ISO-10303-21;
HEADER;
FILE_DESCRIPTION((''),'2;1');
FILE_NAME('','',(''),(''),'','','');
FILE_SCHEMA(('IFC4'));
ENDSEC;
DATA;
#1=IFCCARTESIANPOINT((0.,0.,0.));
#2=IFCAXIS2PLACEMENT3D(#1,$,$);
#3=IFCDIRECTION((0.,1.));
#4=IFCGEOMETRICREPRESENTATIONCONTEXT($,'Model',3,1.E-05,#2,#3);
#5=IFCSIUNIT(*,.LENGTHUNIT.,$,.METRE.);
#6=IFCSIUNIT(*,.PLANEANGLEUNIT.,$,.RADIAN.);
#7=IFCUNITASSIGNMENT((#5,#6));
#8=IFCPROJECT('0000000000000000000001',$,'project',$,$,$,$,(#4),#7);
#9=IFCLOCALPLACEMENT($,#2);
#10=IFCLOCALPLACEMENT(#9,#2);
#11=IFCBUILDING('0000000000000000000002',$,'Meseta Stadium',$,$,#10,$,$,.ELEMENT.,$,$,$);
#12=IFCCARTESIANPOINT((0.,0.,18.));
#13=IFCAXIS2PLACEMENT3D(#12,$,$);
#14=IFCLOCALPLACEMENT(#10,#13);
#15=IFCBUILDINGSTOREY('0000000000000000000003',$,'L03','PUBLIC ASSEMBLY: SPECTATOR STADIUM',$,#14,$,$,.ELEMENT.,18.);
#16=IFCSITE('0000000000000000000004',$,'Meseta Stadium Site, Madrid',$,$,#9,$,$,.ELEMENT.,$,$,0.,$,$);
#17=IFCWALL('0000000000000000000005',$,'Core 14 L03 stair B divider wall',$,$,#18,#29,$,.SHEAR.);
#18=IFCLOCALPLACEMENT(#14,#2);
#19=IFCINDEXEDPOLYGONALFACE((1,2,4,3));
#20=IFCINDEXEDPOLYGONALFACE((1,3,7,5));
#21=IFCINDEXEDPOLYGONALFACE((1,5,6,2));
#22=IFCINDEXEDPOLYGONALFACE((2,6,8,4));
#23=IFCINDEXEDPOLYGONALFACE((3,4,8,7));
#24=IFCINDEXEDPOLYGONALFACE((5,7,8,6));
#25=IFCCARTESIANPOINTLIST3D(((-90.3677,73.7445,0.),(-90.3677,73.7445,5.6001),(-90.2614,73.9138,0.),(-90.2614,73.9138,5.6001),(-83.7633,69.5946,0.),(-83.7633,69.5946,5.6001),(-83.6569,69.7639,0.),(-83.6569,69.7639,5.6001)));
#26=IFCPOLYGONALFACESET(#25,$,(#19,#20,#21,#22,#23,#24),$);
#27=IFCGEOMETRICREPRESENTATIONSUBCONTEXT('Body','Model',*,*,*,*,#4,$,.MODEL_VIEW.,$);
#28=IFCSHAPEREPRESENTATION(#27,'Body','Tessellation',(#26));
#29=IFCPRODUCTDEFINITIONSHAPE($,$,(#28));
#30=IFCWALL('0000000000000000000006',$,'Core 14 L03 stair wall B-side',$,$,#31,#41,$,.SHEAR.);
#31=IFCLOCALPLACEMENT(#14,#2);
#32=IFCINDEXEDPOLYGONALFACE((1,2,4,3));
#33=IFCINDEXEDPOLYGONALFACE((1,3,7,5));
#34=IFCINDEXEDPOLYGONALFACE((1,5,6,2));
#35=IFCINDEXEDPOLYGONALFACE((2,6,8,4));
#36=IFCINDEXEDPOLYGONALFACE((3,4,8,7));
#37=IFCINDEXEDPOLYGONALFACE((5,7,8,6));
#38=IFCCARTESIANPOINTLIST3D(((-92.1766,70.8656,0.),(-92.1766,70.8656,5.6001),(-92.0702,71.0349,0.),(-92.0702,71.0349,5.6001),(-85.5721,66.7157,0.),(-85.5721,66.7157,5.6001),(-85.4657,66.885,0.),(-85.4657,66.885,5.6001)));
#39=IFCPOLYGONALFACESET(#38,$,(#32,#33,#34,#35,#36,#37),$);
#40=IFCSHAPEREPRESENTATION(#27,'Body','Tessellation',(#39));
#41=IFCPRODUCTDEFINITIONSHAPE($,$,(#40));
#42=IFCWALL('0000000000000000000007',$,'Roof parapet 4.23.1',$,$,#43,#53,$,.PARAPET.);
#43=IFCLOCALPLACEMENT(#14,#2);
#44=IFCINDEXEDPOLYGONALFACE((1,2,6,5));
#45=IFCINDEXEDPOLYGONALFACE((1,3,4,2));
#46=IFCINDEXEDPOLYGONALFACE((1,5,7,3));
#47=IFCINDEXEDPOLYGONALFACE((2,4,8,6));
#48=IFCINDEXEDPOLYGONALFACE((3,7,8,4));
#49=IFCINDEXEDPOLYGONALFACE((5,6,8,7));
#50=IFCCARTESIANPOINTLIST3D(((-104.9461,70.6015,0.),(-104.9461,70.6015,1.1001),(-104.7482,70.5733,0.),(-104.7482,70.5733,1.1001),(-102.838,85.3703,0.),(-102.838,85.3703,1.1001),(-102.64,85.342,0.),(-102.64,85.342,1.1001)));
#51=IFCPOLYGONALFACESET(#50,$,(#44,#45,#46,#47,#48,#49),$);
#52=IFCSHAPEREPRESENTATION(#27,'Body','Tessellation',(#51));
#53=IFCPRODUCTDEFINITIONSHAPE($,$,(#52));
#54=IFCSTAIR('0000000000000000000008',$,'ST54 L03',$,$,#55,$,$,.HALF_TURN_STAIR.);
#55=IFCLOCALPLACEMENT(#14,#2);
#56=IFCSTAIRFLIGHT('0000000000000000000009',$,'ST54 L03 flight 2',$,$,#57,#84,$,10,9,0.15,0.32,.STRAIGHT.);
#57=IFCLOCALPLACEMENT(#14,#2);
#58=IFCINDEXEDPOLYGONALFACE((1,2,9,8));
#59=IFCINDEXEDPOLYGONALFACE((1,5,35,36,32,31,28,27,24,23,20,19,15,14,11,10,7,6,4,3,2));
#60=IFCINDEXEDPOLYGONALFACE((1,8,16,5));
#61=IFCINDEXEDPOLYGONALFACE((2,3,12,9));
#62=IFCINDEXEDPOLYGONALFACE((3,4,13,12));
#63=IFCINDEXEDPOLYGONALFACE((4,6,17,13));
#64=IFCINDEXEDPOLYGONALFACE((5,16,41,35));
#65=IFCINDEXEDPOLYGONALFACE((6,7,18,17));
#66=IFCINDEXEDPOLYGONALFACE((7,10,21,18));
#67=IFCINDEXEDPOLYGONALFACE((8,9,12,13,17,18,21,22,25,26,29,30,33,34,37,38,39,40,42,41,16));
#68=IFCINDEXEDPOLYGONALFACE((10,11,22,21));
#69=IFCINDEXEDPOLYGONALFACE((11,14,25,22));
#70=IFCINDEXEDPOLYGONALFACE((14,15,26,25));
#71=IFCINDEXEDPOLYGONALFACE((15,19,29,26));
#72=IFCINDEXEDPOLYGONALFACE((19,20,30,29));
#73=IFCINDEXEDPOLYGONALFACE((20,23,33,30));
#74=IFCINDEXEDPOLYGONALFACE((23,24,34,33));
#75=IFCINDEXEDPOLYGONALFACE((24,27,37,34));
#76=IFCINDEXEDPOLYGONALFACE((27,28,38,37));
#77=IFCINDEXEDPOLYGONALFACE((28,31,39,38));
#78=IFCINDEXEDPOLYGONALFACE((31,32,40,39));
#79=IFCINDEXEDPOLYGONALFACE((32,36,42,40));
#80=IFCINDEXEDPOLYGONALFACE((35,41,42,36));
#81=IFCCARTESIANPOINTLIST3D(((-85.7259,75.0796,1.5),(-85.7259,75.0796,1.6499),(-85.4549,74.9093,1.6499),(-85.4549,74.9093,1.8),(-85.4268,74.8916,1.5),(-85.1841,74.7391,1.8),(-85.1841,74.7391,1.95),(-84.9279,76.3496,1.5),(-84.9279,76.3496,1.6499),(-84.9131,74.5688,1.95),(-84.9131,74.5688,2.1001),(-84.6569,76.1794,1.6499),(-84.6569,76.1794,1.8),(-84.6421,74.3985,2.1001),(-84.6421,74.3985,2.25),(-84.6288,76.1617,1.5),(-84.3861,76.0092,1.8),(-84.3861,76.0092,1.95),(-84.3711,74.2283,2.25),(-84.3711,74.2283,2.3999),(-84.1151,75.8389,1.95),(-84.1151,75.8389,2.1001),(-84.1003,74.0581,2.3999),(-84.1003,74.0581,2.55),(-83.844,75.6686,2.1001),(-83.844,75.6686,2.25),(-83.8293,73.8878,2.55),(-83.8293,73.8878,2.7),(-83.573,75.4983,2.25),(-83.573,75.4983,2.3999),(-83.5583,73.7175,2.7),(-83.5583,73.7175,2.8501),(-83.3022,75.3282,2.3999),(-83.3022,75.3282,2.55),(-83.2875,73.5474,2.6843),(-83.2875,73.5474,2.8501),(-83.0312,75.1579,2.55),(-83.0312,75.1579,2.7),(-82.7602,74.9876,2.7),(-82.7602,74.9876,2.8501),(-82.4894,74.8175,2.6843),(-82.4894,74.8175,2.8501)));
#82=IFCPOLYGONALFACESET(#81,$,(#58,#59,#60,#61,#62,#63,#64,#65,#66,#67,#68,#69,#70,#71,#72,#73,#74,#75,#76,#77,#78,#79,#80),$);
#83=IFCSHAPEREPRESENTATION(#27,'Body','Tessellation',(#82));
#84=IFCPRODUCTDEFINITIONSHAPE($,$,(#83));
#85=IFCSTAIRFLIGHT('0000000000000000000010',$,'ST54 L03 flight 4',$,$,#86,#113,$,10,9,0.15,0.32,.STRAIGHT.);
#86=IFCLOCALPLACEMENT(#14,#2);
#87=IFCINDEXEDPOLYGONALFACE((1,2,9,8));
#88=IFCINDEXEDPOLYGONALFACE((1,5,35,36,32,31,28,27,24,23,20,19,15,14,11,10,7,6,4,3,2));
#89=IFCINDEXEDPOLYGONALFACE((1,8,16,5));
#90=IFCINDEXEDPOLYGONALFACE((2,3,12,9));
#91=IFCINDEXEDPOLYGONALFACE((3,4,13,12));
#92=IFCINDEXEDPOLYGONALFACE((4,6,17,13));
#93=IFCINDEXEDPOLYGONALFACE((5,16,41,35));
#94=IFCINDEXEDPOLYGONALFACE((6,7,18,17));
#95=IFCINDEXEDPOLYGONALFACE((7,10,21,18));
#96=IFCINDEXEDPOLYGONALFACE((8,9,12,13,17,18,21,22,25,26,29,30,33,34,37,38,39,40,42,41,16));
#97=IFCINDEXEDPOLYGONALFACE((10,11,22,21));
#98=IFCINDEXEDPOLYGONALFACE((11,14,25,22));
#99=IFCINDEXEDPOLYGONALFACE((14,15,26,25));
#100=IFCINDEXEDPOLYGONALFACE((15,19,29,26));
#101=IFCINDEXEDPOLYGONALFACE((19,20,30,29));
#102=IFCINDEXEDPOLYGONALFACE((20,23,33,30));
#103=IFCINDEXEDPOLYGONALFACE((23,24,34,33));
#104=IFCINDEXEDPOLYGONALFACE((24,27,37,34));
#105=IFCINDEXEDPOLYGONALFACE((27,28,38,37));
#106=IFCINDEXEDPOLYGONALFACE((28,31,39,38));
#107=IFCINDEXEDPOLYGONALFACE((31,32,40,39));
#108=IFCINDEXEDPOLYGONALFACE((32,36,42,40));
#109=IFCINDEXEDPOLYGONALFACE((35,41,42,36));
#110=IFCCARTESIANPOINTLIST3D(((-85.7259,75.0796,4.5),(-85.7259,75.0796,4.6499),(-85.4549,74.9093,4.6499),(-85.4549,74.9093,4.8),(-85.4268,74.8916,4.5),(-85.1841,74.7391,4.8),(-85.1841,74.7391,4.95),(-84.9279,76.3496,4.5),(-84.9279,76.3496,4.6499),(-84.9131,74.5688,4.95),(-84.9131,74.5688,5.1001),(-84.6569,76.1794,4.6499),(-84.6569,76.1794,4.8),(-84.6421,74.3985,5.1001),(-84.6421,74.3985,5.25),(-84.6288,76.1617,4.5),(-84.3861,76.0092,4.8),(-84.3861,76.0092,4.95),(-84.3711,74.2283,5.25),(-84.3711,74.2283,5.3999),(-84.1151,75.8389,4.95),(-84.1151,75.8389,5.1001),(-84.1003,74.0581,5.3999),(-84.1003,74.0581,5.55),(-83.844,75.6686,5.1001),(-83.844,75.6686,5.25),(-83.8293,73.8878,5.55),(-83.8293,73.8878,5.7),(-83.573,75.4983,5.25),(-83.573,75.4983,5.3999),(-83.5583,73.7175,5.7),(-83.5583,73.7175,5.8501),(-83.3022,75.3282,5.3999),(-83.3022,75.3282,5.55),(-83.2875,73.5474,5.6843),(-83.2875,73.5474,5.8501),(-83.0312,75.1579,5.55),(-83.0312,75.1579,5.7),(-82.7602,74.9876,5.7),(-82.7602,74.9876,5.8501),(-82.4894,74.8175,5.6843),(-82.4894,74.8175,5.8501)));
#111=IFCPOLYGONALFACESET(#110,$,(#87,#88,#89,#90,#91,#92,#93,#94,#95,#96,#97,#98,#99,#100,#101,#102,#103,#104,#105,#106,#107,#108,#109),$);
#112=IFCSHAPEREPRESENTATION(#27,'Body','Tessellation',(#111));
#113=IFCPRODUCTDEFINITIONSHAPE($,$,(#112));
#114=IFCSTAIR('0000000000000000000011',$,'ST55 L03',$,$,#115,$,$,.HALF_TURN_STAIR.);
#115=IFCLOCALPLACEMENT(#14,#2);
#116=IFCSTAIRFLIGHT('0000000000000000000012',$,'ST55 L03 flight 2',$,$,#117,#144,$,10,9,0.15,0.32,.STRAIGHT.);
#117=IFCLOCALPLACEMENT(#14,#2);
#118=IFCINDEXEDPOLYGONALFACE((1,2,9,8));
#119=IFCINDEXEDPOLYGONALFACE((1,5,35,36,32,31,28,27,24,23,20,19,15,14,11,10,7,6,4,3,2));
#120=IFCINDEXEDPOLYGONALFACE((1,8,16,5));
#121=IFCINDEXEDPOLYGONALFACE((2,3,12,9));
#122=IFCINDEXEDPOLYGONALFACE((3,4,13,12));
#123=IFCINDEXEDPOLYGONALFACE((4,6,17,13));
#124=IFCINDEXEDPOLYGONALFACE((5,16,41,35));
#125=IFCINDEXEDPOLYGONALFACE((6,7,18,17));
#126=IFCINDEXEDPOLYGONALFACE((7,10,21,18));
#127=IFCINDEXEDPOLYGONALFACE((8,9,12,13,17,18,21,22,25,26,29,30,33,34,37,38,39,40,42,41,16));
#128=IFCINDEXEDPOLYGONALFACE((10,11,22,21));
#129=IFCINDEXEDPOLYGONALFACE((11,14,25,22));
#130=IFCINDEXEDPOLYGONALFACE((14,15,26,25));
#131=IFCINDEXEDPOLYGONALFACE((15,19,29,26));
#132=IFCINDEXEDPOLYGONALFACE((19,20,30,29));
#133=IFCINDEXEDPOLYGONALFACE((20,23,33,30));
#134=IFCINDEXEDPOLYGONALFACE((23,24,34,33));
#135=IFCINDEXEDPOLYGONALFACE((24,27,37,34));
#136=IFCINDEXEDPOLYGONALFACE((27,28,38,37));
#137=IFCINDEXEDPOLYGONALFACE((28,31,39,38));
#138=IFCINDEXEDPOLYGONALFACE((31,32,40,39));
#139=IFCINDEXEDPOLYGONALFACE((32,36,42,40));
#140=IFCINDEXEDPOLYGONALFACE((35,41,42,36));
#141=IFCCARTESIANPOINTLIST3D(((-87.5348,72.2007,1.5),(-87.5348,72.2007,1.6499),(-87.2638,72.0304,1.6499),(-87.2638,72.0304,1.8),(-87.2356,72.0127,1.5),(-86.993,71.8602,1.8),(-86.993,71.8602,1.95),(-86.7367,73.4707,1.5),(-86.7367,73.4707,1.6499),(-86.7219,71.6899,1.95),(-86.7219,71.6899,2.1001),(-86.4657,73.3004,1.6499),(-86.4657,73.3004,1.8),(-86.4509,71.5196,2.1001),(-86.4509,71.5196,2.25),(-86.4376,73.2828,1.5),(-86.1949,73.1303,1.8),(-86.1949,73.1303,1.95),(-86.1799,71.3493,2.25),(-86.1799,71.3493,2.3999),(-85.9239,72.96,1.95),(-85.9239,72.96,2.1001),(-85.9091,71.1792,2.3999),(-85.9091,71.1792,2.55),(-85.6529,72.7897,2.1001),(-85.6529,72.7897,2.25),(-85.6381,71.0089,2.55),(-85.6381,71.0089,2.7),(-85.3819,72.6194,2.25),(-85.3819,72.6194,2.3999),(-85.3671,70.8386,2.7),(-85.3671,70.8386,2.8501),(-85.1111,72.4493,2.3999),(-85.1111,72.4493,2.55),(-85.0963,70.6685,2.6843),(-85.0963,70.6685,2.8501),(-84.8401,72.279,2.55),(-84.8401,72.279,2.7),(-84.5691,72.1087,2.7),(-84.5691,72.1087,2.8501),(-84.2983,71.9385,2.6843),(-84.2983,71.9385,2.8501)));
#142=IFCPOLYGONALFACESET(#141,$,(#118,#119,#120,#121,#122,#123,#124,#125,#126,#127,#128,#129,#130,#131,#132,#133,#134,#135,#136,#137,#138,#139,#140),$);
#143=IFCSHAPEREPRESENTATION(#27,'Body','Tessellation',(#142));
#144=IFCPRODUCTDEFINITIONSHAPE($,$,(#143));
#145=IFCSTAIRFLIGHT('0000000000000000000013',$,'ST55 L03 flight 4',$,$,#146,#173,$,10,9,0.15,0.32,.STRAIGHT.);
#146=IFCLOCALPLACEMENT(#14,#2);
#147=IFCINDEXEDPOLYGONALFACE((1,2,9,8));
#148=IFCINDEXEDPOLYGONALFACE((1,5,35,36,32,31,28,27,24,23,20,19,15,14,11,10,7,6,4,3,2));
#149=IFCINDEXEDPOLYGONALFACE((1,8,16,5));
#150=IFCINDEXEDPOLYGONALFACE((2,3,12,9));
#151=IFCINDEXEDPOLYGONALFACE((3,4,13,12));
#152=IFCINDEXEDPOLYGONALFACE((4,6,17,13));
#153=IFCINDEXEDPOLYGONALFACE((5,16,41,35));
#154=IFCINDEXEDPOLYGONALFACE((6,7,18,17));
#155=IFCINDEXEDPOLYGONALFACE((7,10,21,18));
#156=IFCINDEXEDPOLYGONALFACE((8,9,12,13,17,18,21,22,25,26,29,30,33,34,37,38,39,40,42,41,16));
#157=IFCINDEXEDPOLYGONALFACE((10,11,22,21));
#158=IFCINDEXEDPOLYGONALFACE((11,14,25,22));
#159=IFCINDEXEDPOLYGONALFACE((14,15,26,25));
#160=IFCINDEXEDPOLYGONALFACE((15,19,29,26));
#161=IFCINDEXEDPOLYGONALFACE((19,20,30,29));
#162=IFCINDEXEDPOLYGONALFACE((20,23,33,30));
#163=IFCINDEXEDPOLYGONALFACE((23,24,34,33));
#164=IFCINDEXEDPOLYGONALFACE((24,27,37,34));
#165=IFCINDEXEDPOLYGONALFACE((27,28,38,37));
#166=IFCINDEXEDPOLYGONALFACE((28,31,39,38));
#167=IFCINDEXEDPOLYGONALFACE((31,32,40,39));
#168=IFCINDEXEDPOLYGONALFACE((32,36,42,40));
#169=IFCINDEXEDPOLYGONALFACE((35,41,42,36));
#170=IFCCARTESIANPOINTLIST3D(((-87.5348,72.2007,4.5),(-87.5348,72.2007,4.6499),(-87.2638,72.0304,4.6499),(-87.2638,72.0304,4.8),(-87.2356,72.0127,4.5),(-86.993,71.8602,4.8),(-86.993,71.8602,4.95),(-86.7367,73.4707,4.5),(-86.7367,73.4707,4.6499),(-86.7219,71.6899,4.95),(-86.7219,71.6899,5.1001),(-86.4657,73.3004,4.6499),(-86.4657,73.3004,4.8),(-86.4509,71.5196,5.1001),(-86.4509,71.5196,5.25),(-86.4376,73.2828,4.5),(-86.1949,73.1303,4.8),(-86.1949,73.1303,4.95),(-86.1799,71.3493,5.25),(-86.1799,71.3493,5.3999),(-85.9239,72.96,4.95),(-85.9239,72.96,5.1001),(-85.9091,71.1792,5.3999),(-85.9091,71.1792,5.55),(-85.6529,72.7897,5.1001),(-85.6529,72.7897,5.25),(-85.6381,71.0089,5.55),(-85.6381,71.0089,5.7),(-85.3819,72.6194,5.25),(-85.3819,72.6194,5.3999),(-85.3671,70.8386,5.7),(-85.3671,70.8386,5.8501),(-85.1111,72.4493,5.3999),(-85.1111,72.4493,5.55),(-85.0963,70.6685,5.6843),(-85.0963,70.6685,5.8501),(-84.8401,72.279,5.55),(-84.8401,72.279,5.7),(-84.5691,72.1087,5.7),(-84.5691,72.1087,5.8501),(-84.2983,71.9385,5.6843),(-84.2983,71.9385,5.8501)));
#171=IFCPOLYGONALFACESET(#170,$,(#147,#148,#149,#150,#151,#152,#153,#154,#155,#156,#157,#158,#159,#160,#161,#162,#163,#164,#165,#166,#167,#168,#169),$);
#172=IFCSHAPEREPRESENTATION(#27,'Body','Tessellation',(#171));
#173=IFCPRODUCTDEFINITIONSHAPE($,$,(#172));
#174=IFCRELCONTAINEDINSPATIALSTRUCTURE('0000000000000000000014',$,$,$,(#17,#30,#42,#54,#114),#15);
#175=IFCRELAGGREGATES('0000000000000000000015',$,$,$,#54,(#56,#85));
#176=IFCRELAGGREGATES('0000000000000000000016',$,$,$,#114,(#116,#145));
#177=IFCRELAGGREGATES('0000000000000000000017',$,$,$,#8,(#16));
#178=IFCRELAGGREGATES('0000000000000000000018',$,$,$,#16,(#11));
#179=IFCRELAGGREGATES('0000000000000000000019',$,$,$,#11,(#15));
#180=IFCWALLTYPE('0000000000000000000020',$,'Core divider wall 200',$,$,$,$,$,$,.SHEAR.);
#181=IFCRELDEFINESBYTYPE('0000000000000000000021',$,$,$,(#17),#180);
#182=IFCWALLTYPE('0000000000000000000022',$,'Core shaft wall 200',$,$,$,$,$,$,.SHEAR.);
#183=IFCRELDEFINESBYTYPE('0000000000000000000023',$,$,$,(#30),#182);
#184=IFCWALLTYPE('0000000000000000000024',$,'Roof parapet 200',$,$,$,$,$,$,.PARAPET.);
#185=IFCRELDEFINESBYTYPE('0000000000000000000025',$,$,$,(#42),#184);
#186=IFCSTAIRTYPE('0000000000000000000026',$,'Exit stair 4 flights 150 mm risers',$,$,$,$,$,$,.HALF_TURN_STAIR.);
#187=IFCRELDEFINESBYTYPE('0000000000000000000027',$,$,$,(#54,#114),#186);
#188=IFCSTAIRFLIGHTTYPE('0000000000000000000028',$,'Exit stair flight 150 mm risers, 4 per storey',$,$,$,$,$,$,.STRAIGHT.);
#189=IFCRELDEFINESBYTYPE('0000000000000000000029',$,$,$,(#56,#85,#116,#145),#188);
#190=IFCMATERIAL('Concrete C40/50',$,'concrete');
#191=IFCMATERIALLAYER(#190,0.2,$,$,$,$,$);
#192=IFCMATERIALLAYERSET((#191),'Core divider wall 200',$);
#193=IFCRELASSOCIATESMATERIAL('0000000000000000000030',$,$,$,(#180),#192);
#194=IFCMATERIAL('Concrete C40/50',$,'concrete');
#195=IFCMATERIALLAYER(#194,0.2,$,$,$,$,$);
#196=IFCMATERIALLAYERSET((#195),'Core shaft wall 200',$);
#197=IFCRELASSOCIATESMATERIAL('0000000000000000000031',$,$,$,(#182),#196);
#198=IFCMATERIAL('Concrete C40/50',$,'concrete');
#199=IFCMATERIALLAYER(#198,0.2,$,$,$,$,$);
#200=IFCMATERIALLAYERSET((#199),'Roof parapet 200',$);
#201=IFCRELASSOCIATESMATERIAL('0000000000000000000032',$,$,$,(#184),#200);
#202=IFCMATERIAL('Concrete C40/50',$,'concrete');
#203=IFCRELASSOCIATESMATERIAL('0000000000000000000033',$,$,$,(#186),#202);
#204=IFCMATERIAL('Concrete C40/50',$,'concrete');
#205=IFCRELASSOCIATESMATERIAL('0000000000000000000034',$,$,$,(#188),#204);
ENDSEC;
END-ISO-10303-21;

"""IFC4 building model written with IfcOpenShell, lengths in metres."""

from ifc_helpers import new_model, si_unit, direction, frame, frame_2d, origin, place, context, subcontext, project, spatial, polyline, rectangle, outline, extrude, material, layer, layer_set, type_object, element, aggregate, save


model = new_model("IFC4")

# Units and contexts
model_context = context("Model", 3, precision=1e-05, world=origin(), true_north=direction((0.0, 1.0)))
body_context = subcontext(model_context, "Body", "Model", "MODEL_VIEW")
ifc_project = project(units=[si_unit("LENGTHUNIT", "METRE"), si_unit("PLANEANGLEUNIT", "RADIAN")], contexts=[model_context])

# Site, building, storey
site_placement = place(None, origin())
site = spatial("IfcSite", under=ifc_project, at=site_placement, Name="Meseta Stadium Site, Madrid", CompositionType="ELEMENT", RefElevation=0.0)
building_placement = place(site_placement, origin())
building = spatial("IfcBuilding", under=site, at=building_placement, Name="Meseta Stadium", CompositionType="ELEMENT")
storey_placement = place(building_placement, frame((0.0, 0.0, 18.0)))
storey = spatial("IfcBuildingStorey", under=building, at=storey_placement, Name="L03", Description="PUBLIC ASSEMBLY: SPECTATOR STADIUM", CompositionType="ELEMENT", Elevation=18.0)

# Walls
ifc_material_1 = material(Name="Concrete C40/50", Category="concrete")
ifc_layer_1 = layer(ifc_material_1, 0.2)
ifc_layer_set_1 = layer_set([ifc_layer_1], Name="Core divider wall 200")
wall_type_1 = type_object("IfcWallType", Name="Core divider wall 200", PredefinedType="SHEAR", material=ifc_layer_set_1)
wall_1_placement = place(storey_placement, frame((-90.3145, 73.8291, 0.0), z_axis=(0.0, 0.0, 1.0), x_axis=(0.846723, -0.532034, 0.0)))
element("IfcWall", 1, at=wall_1_placement, inside=storey, type_object=wall_type_1, Name="Core 14 L03 stair B divider wall", PredefinedType="SHEAR", context=body_context, shape_type="SweptSolid", body=[
    extrude(rectangle(XDim=7.8, YDim=0.2, at=frame_2d((3.8999, 0.0))), origin(), (0.0, 0.0, 1.0), 5.6001),
])
ifc_material_2 = material(Name="Concrete C40/50", Category="concrete")
ifc_layer_2 = layer(ifc_material_2, 0.2)
ifc_layer_set_2 = layer_set([ifc_layer_2], Name="Core shaft wall 200")
wall_type_2 = type_object("IfcWallType", Name="Core shaft wall 200", PredefinedType="SHEAR", material=ifc_layer_set_2)
wall_2_placement = place(storey_placement, frame((-92.1233, 70.9502, 0.0), z_axis=(0.0, 0.0, 1.0), x_axis=(0.846723, -0.532034, 0.0)))
element("IfcWall", 2, at=wall_2_placement, inside=storey, type_object=wall_type_2, Name="Core 14 L03 stair wall B-side", PredefinedType="SHEAR", context=body_context, shape_type="SweptSolid", body=[
    extrude(rectangle(XDim=7.8, YDim=0.2, at=frame_2d((3.8999, 0.0))), origin(), (0.0, 0.0, 1.0), 5.6001),
])
ifc_material_3 = material(Name="Concrete C40/50", Category="concrete")
ifc_layer_3 = layer(ifc_material_3, 0.2)
ifc_layer_set_3 = layer_set([ifc_layer_3], Name="Roof parapet 200")
wall_type_3 = type_object("IfcWallType", Name="Roof parapet 200", PredefinedType="PARAPET", material=ifc_layer_set_3)
wall_3_placement = place(storey_placement, frame((-104.8472, 70.5874, 0.0), z_axis=(0.0, 0.0, 1.0), x_axis=(0.141311, 0.989965, 0.0)))
element("IfcWall", 3, at=wall_3_placement, inside=storey, type_object=wall_type_3, Name="Roof parapet 4.23.1", PredefinedType="PARAPET", context=body_context, shape_type="SweptSolid", body=[
    extrude(rectangle(XDim=14.9185, YDim=0.2, at=frame_2d((7.4592, 0.0))), origin(), (0.0, 0.0, 1.0), 1.1001),
])

# Stairs, stair flights
ifc_material_4 = material(Name="Concrete C40/50", Category="concrete")
stair_type = type_object("IfcStairType", Name="Exit stair 4 flights 150 mm risers", PredefinedType="HALF_TURN_STAIR", material=ifc_material_4)
stair_1_placement = place(storey_placement, origin())
stair_1 = element("IfcStair", 4, at=stair_1_placement, inside=storey, type_object=stair_type, Name="ST54 L03", PredefinedType="HALF_TURN_STAIR")
ifc_material_5 = material(Name="Concrete C40/50", Category="concrete")
stair_flight_type = type_object("IfcStairFlightType", Name="Exit stair flight 150 mm risers, 4 per storey", PredefinedType="STRAIGHT", material=ifc_material_5)
stair_flight_1_placement = place(storey_placement, frame((-85.3269, 75.7146, 1.5), z_axis=(0.0, 0.0, 1.0), x_axis=(0.846724, -0.532032, 0.0)))
stair_flight_1 = element("IfcStairFlight", 5, at=stair_flight_1_placement, type_object=stair_flight_type, Name="ST54 L03 flight 2", NumberOfRisers=10, NumberOfTreads=9, PredefinedType="STRAIGHT", RiserHeight=0.15, TreadLength=0.32, context=body_context, shape_type="SweptSolid", body=[
    extrude(outline(polyline([(0.0, 0.0), (0.0, 0.1499), (0.3201, 0.1499), (0.3201, 0.3), (0.6399, 0.3), (0.6399, 0.45), (0.96, 0.45), (0.96, 0.6001), (1.28, 0.6001), (1.28, 0.75), (1.6001, 0.75), (1.6001, 0.8999), (1.9199, 0.8999), (1.9199, 1.05), (2.24, 1.05), (2.24, 1.2), (2.5601, 1.2), (2.5601, 1.3501), (2.8799, 1.3501), (2.8799, 1.1843), (0.3533, 0.0), (0.0, 0.0)])), frame((0.0, 0.75, 0.0), z_axis=(0.0, -1.0, 0.0), x_axis=(1.0, 0.0, 0.0)), (0.0, 0.0, 1.0), 1.5),
])
stair_flight_2_placement = place(storey_placement, frame((-85.3269, 75.7146, 4.5), z_axis=(0.0, 0.0, 1.0), x_axis=(0.846724, -0.532032, 0.0)))
stair_flight_2 = element("IfcStairFlight", 6, at=stair_flight_2_placement, type_object=stair_flight_type, Name="ST54 L03 flight 4", NumberOfRisers=10, NumberOfTreads=9, PredefinedType="STRAIGHT", RiserHeight=0.15, TreadLength=0.32, context=body_context, shape_type="SweptSolid", body=[
    extrude(outline(polyline([(0.0, 0.0), (0.0, 0.1499), (0.3201, 0.1499), (0.3201, 0.3), (0.6399, 0.3), (0.6399, 0.45), (0.96, 0.45), (0.96, 0.6001), (1.28, 0.6001), (1.28, 0.75), (1.6001, 0.75), (1.6001, 0.8999), (1.9199, 0.8999), (1.9199, 1.05), (2.24, 1.05), (2.24, 1.2), (2.5601, 1.2), (2.5601, 1.3501), (2.8799, 1.3501), (2.8799, 1.1843), (0.3533, 0.0), (0.0, 0.0)])), frame((0.0, 0.75, 0.0), z_axis=(0.0, -1.0, 0.0), x_axis=(1.0, 0.0, 0.0)), (0.0, 0.0, 1.0), 1.5),
])
aggregate(stair_1, [stair_flight_1, stair_flight_2])
stair_2_placement = place(storey_placement, origin())
stair_2 = element("IfcStair", 7, at=stair_2_placement, inside=storey, type_object=stair_type, Name="ST55 L03", PredefinedType="HALF_TURN_STAIR")
stair_flight_3_placement = place(storey_placement, frame((-87.1357, 72.8357, 1.5), z_axis=(0.0, 0.0, 1.0), x_axis=(0.846724, -0.532032, 0.0)))
stair_flight_3 = element("IfcStairFlight", 8, at=stair_flight_3_placement, type_object=stair_flight_type, Name="ST55 L03 flight 2", NumberOfRisers=10, NumberOfTreads=9, PredefinedType="STRAIGHT", RiserHeight=0.15, TreadLength=0.32, context=body_context, shape_type="SweptSolid", body=[
    extrude(outline(polyline([(0.0, 0.0), (0.0, 0.1499), (0.3201, 0.1499), (0.3201, 0.3), (0.6399, 0.3), (0.6399, 0.45), (0.96, 0.45), (0.96, 0.6001), (1.28, 0.6001), (1.28, 0.75), (1.6001, 0.75), (1.6001, 0.8999), (1.9199, 0.8999), (1.9199, 1.05), (2.24, 1.05), (2.24, 1.2), (2.5601, 1.2), (2.5601, 1.3501), (2.8799, 1.3501), (2.8799, 1.1843), (0.3533, 0.0), (0.0, 0.0)])), frame((0.0, 0.75, 0.0), z_axis=(0.0, -1.0, 0.0), x_axis=(1.0, 0.0, 0.0)), (0.0, 0.0, 1.0), 1.5),
])
stair_flight_4_placement = place(storey_placement, frame((-87.1357, 72.8357, 4.5), z_axis=(0.0, 0.0, 1.0), x_axis=(0.846724, -0.532032, 0.0)))
stair_flight_4 = element("IfcStairFlight", 9, at=stair_flight_4_placement, type_object=stair_flight_type, Name="ST55 L03 flight 4", NumberOfRisers=10, NumberOfTreads=9, PredefinedType="STRAIGHT", RiserHeight=0.15, TreadLength=0.32, context=body_context, shape_type="SweptSolid", body=[
    extrude(outline(polyline([(0.0, 0.0), (0.0, 0.1499), (0.3201, 0.1499), (0.3201, 0.3), (0.6399, 0.3), (0.6399, 0.45), (0.96, 0.45), (0.96, 0.6001), (1.28, 0.6001), (1.28, 0.75), (1.6001, 0.75), (1.6001, 0.8999), (1.9199, 0.8999), (1.9199, 1.05), (2.24, 1.05), (2.24, 1.2), (2.5601, 1.2), (2.5601, 1.3501), (2.8799, 1.3501), (2.8799, 1.1843), (0.3533, 0.0), (0.0, 0.0)])), frame((0.0, 0.75, 0.0), z_axis=(0.0, -1.0, 0.0), x_axis=(1.0, 0.0, 0.0)), (0.0, 0.0, 1.0), 1.5),
])
aggregate(stair_2, [stair_flight_3, stair_flight_4])

save(model, "model.ifc")
